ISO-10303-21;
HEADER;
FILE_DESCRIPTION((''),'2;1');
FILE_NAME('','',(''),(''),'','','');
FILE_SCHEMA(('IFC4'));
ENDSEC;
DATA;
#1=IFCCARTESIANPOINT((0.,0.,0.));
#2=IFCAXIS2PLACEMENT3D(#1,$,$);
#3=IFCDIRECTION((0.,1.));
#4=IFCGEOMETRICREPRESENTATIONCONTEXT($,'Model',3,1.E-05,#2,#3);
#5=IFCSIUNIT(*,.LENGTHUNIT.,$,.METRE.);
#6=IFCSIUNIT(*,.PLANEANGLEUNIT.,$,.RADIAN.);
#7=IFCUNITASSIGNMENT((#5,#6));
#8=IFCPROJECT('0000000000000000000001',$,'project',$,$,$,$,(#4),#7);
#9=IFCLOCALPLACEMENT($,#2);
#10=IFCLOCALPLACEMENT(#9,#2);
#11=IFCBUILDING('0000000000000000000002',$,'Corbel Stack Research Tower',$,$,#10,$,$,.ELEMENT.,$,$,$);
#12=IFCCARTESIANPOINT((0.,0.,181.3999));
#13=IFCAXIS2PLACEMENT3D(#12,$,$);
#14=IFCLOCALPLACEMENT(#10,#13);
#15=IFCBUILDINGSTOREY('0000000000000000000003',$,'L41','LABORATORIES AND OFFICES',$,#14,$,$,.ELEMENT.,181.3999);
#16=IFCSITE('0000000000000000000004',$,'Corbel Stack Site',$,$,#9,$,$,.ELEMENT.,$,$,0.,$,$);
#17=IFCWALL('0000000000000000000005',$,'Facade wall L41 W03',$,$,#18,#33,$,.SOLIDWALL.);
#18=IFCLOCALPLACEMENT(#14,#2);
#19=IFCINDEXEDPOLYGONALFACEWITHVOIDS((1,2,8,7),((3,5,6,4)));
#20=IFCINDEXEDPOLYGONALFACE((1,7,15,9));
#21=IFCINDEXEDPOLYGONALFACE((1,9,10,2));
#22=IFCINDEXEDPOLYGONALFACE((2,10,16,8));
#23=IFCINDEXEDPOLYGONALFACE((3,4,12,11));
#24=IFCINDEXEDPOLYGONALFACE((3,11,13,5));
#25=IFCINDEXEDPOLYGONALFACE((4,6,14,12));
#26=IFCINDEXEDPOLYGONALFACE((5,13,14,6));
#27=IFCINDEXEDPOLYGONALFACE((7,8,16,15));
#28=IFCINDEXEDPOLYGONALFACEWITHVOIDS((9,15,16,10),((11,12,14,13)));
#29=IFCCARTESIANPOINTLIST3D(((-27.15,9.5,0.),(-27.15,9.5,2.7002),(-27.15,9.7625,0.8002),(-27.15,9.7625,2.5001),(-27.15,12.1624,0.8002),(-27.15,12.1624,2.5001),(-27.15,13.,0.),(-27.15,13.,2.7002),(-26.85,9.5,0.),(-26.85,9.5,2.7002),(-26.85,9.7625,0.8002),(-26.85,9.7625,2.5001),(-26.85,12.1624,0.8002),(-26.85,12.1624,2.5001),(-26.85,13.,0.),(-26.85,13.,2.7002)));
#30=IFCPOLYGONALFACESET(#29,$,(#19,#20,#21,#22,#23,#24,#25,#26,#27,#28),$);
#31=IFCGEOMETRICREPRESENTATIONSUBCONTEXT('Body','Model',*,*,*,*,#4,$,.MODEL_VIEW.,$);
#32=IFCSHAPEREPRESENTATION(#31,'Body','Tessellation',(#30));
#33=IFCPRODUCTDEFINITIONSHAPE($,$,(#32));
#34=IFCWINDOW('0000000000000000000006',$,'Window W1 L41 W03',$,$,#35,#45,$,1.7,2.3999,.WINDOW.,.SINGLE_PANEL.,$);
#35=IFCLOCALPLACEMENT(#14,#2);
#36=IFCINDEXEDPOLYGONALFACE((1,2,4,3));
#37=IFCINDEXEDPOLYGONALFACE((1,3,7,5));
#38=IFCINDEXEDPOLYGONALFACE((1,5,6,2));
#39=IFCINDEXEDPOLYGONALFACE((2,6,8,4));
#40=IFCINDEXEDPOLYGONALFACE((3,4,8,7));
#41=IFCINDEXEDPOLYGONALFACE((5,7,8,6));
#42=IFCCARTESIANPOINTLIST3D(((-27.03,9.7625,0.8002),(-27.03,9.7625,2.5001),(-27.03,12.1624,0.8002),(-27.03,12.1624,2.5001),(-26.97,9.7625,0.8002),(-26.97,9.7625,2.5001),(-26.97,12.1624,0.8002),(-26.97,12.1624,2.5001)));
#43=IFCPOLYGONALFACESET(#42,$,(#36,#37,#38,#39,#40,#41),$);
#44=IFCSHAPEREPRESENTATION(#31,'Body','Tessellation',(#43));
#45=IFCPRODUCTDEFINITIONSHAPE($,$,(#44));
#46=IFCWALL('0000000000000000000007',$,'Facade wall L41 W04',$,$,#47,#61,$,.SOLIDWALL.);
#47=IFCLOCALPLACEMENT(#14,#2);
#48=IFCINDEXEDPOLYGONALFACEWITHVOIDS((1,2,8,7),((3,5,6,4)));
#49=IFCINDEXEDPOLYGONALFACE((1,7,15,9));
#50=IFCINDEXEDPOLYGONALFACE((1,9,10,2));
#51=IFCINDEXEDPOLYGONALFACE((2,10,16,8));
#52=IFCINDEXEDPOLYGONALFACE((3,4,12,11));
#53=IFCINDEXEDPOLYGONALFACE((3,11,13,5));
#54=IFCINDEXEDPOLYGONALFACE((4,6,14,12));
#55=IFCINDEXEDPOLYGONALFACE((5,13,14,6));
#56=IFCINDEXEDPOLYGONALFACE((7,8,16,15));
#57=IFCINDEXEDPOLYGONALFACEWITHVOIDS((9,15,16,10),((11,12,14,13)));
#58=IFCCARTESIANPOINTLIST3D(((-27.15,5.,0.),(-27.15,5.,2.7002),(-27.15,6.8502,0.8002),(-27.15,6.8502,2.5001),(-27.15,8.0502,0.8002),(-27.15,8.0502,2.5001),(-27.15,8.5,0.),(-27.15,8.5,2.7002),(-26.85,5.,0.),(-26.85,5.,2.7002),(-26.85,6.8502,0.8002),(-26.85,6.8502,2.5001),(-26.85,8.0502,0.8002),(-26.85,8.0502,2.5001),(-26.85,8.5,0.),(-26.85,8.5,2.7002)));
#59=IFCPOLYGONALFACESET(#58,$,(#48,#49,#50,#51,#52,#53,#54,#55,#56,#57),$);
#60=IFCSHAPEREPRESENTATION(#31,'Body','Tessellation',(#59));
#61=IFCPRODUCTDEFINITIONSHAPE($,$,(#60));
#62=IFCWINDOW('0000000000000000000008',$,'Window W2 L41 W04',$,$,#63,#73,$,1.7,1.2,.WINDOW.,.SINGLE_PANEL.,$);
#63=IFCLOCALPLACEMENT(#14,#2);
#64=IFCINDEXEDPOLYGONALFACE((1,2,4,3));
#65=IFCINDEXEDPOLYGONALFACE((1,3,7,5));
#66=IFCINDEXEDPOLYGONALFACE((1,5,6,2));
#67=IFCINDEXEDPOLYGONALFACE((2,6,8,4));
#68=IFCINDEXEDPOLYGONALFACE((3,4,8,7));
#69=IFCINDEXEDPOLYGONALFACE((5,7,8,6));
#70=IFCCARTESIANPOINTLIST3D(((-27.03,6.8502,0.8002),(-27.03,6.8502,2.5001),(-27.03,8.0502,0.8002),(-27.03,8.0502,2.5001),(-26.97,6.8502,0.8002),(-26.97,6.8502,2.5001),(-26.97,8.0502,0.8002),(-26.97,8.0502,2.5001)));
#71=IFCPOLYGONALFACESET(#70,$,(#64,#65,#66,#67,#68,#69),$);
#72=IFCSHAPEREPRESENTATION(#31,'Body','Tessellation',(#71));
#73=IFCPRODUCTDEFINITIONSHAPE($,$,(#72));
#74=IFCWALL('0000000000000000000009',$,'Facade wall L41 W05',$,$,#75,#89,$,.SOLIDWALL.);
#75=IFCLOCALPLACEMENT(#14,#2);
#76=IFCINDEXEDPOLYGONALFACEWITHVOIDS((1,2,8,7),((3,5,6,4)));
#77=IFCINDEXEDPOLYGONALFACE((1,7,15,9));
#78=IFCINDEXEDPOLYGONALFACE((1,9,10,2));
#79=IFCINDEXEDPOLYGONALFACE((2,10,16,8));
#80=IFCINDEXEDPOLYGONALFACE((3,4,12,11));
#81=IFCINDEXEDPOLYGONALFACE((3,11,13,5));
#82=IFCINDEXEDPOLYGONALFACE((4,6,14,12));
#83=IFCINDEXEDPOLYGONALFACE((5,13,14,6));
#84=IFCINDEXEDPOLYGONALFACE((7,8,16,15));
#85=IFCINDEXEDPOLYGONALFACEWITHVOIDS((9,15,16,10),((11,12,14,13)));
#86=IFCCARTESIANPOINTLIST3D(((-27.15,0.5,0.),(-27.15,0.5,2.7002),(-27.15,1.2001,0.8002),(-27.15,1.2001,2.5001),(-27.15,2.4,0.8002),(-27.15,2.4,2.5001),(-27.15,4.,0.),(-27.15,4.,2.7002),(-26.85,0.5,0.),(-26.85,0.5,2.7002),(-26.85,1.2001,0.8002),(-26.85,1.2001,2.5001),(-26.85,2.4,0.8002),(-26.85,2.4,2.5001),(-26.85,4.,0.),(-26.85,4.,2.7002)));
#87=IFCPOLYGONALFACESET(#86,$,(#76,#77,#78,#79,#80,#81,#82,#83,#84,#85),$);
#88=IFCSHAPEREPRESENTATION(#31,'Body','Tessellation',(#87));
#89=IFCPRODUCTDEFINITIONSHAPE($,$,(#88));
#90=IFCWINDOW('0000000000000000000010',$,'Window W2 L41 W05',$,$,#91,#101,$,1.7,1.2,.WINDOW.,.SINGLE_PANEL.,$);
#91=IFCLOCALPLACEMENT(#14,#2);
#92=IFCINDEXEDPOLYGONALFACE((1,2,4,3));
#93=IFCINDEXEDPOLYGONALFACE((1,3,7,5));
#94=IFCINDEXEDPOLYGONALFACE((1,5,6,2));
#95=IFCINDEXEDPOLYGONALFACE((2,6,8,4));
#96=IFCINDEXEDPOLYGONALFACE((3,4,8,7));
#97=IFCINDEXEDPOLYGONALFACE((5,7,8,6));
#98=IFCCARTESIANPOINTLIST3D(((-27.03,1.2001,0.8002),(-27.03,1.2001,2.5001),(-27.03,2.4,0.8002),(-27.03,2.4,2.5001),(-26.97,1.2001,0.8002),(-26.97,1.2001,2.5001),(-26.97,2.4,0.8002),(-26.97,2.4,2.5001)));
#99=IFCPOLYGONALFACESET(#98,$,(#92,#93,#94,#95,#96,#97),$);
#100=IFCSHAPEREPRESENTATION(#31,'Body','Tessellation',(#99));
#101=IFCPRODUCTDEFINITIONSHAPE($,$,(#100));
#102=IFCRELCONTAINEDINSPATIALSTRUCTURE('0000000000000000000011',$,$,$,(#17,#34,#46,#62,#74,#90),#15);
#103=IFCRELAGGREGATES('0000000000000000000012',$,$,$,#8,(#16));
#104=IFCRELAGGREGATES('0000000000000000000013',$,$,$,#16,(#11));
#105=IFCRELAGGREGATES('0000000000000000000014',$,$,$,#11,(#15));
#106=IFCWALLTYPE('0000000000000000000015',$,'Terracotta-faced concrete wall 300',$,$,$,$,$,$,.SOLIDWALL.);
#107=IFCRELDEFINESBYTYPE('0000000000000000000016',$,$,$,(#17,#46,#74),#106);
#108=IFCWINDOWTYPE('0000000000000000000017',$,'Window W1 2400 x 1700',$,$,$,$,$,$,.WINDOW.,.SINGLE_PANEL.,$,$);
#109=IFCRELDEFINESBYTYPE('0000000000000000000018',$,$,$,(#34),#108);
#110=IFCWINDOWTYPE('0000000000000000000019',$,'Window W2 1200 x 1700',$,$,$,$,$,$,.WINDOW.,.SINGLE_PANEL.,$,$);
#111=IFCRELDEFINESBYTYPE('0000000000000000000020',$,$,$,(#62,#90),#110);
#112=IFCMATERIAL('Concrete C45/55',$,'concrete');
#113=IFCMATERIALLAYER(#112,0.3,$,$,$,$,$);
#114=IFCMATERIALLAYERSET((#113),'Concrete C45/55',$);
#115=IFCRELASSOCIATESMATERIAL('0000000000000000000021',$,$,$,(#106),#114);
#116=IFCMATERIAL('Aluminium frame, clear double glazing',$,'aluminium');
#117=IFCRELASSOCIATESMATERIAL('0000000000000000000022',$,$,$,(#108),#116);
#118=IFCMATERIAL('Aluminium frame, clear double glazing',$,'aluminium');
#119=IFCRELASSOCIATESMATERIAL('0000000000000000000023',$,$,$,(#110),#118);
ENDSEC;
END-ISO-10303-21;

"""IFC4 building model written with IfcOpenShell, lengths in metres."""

from ifc_helpers import new_model, si_unit, direction, frame, frame_2d, origin, place, context, subcontext, project, spatial, rectangle, extrude, material, layer, layer_set, type_object, element, fill, save


model = new_model("IFC4")

# Units and contexts
model_context = context("Model", 3, precision=1e-05, world=origin(), true_north=direction((0.0, 1.0)))
body_context = subcontext(model_context, "Body", "Model", "MODEL_VIEW")
ifc_project = project(units=[si_unit("LENGTHUNIT", "METRE"), si_unit("PLANEANGLEUNIT", "RADIAN")], contexts=[model_context])

# Site, building, storey
site_placement = place(None, origin())
site = spatial("IfcSite", under=ifc_project, at=site_placement, Name="Corbel Stack Site", CompositionType="ELEMENT", RefElevation=0.0)
building_placement = place(site_placement, origin())
building = spatial("IfcBuilding", under=site, at=building_placement, Name="Corbel Stack Research Tower", CompositionType="ELEMENT")
storey_placement = place(building_placement, frame((0.0, 0.0, 181.3999)))
storey = spatial("IfcBuildingStorey", under=building, at=storey_placement, Name="L41", Description="LABORATORIES AND OFFICES", CompositionType="ELEMENT", Elevation=181.3999)

# Shared definitions
ifc_material_1 = material(Name="Concrete C45/55", Category="concrete")
ifc_layer_1 = layer(ifc_material_1, 0.3)
ifc_layer_set_1 = layer_set([ifc_layer_1], Name="Concrete C45/55")
wall_type_1 = type_object("IfcWallType", Name="Terracotta-faced concrete wall 300", PredefinedType="SOLIDWALL", material=ifc_layer_set_1)

# Walls, openings, windows
wall_1_placement = place(storey_placement, frame((-27.0, 9.5, 0.0), z_axis=(0.0, 0.0, 1.0), x_axis=(0.0, 1.0, 0.0)))
wall_1 = element("IfcWall", 1, at=wall_1_placement, inside=storey, type_object=wall_type_1, Name="Facade wall L41 W03", PredefinedType="SOLIDWALL", context=body_context, shape_type="SweptSolid", body=[
    extrude(rectangle(XDim=3.5, YDim=0.3, at=frame_2d((1.75, 0.0))), origin(), (0.0, 0.0, 1.0), 2.7002),
])
opening_1_placement = place(wall_1_placement, frame((0.2625, 0.0, 0.8)))
opening_1 = element("IfcOpeningElement", 2, at=opening_1_placement, cuts=wall_1, PredefinedType="OPENING", context=body_context, shape_type="SweptSolid", body=[
    extrude(rectangle(XDim=2.3999, YDim=1.7, at=frame_2d((1.2, 0.8501))), frame((0.0, 0.1599, 0.0), z_axis=(0.0, -1.0, 0.0), x_axis=(1.0, 0.0, 0.0)), (0.0, 0.0, 1.0), 0.3201),
])
ifc_material_2 = material(Name="Aluminium frame, clear double glazing", Category="aluminium")
window_type_1 = type_object("IfcWindowType", Name="Window W1 2400 x 1700", PartitioningType="SINGLE_PANEL", PredefinedType="WINDOW", material=ifc_material_2)
window_1_placement = place(opening_1_placement, origin())
window_1 = element("IfcWindow", 3, at=window_1_placement, inside=storey, type_object=window_type_1, Name="Window W1 L41 W03", OverallHeight=1.7, OverallWidth=2.3999, PartitioningType="SINGLE_PANEL", PredefinedType="WINDOW", context=body_context, shape_type="SweptSolid", body=[
    extrude(rectangle(XDim=2.3999, YDim=1.7, at=frame_2d((1.2, 0.8501))), frame((0.0, 0.03, 0.0), z_axis=(0.0, -1.0, 0.0), x_axis=(1.0, 0.0, 0.0)), (0.0, 0.0, 1.0), 0.0601),
])
fill(opening_1, window_1)
wall_2_placement = place(storey_placement, frame((-27.0, 5.0, 0.0), z_axis=(0.0, 0.0, 1.0), x_axis=(0.0, 1.0, 0.0)))
wall_2 = element("IfcWall", 4, at=wall_2_placement, inside=storey, type_object=wall_type_1, Name="Facade wall L41 W04", PredefinedType="SOLIDWALL", context=body_context, shape_type="SweptSolid", body=[
    extrude(rectangle(XDim=3.5, YDim=0.3, at=frame_2d((1.75, 0.0))), origin(), (0.0, 0.0, 1.0), 2.7002),
])
opening_2_placement = place(wall_2_placement, frame((1.8501, 0.0, 0.8)))
opening_2 = element("IfcOpeningElement", 5, at=opening_2_placement, cuts=wall_2, PredefinedType="OPENING", context=body_context, shape_type="SweptSolid", body=[
    extrude(rectangle(XDim=1.2, YDim=1.7, at=frame_2d((0.6001, 0.8501))), frame((0.0, 0.1599, 0.0), z_axis=(0.0, -1.0, 0.0), x_axis=(1.0, 0.0, 0.0)), (0.0, 0.0, 1.0), 0.3201),
])
ifc_material_3 = material(Name="Aluminium frame, clear double glazing", Category="aluminium")
window_type_2 = type_object("IfcWindowType", Name="Window W2 1200 x 1700", PartitioningType="SINGLE_PANEL", PredefinedType="WINDOW", material=ifc_material_3)
window_2_placement = place(opening_2_placement, origin())
window_2 = element("IfcWindow", 6, at=window_2_placement, inside=storey, type_object=window_type_2, Name="Window W2 L41 W04", OverallHeight=1.7, OverallWidth=1.2, PartitioningType="SINGLE_PANEL", PredefinedType="WINDOW", context=body_context, shape_type="SweptSolid", body=[
    extrude(rectangle(XDim=1.2, YDim=1.7, at=frame_2d((0.6001, 0.8501))), frame((0.0, 0.03, 0.0), z_axis=(0.0, -1.0, 0.0), x_axis=(1.0, 0.0, 0.0)), (0.0, 0.0, 1.0), 0.0601),
])
fill(opening_2, window_2)
wall_3_placement = place(storey_placement, frame((-27.0, 0.5, 0.0), z_axis=(0.0, 0.0, 1.0), x_axis=(0.0, 1.0, 0.0)))
wall_3 = element("IfcWall", 7, at=wall_3_placement, inside=storey, type_object=wall_type_1, Name="Facade wall L41 W05", PredefinedType="SOLIDWALL", context=body_context, shape_type="SweptSolid", body=[
    extrude(rectangle(XDim=3.5, YDim=0.3, at=frame_2d((1.75, 0.0))), origin(), (0.0, 0.0, 1.0), 2.7002),
])
opening_3_placement = place(wall_3_placement, frame((0.7, 0.0, 0.8)))
opening_3 = element("IfcOpeningElement", 8, at=opening_3_placement, cuts=wall_3, PredefinedType="OPENING", context=body_context, shape_type="SweptSolid", body=[
    extrude(rectangle(XDim=1.2, YDim=1.7, at=frame_2d((0.6001, 0.8501))), frame((0.0, 0.1599, 0.0), z_axis=(0.0, -1.0, 0.0), x_axis=(1.0, 0.0, 0.0)), (0.0, 0.0, 1.0), 0.3201),
])
window_3_placement = place(opening_3_placement, origin())
window_3 = element("IfcWindow", 9, at=window_3_placement, inside=storey, type_object=window_type_2, Name="Window W2 L41 W05", OverallHeight=1.7, OverallWidth=1.2, PartitioningType="SINGLE_PANEL", PredefinedType="WINDOW", context=body_context, shape_type="SweptSolid", body=[
    extrude(rectangle(XDim=1.2, YDim=1.7, at=frame_2d((0.6001, 0.8501))), frame((0.0, 0.03, 0.0), z_axis=(0.0, -1.0, 0.0), x_axis=(1.0, 0.0, 0.0)), (0.0, 0.0, 1.0), 0.0601),
])
fill(opening_3, window_3)

save(model, "model.ifc")
